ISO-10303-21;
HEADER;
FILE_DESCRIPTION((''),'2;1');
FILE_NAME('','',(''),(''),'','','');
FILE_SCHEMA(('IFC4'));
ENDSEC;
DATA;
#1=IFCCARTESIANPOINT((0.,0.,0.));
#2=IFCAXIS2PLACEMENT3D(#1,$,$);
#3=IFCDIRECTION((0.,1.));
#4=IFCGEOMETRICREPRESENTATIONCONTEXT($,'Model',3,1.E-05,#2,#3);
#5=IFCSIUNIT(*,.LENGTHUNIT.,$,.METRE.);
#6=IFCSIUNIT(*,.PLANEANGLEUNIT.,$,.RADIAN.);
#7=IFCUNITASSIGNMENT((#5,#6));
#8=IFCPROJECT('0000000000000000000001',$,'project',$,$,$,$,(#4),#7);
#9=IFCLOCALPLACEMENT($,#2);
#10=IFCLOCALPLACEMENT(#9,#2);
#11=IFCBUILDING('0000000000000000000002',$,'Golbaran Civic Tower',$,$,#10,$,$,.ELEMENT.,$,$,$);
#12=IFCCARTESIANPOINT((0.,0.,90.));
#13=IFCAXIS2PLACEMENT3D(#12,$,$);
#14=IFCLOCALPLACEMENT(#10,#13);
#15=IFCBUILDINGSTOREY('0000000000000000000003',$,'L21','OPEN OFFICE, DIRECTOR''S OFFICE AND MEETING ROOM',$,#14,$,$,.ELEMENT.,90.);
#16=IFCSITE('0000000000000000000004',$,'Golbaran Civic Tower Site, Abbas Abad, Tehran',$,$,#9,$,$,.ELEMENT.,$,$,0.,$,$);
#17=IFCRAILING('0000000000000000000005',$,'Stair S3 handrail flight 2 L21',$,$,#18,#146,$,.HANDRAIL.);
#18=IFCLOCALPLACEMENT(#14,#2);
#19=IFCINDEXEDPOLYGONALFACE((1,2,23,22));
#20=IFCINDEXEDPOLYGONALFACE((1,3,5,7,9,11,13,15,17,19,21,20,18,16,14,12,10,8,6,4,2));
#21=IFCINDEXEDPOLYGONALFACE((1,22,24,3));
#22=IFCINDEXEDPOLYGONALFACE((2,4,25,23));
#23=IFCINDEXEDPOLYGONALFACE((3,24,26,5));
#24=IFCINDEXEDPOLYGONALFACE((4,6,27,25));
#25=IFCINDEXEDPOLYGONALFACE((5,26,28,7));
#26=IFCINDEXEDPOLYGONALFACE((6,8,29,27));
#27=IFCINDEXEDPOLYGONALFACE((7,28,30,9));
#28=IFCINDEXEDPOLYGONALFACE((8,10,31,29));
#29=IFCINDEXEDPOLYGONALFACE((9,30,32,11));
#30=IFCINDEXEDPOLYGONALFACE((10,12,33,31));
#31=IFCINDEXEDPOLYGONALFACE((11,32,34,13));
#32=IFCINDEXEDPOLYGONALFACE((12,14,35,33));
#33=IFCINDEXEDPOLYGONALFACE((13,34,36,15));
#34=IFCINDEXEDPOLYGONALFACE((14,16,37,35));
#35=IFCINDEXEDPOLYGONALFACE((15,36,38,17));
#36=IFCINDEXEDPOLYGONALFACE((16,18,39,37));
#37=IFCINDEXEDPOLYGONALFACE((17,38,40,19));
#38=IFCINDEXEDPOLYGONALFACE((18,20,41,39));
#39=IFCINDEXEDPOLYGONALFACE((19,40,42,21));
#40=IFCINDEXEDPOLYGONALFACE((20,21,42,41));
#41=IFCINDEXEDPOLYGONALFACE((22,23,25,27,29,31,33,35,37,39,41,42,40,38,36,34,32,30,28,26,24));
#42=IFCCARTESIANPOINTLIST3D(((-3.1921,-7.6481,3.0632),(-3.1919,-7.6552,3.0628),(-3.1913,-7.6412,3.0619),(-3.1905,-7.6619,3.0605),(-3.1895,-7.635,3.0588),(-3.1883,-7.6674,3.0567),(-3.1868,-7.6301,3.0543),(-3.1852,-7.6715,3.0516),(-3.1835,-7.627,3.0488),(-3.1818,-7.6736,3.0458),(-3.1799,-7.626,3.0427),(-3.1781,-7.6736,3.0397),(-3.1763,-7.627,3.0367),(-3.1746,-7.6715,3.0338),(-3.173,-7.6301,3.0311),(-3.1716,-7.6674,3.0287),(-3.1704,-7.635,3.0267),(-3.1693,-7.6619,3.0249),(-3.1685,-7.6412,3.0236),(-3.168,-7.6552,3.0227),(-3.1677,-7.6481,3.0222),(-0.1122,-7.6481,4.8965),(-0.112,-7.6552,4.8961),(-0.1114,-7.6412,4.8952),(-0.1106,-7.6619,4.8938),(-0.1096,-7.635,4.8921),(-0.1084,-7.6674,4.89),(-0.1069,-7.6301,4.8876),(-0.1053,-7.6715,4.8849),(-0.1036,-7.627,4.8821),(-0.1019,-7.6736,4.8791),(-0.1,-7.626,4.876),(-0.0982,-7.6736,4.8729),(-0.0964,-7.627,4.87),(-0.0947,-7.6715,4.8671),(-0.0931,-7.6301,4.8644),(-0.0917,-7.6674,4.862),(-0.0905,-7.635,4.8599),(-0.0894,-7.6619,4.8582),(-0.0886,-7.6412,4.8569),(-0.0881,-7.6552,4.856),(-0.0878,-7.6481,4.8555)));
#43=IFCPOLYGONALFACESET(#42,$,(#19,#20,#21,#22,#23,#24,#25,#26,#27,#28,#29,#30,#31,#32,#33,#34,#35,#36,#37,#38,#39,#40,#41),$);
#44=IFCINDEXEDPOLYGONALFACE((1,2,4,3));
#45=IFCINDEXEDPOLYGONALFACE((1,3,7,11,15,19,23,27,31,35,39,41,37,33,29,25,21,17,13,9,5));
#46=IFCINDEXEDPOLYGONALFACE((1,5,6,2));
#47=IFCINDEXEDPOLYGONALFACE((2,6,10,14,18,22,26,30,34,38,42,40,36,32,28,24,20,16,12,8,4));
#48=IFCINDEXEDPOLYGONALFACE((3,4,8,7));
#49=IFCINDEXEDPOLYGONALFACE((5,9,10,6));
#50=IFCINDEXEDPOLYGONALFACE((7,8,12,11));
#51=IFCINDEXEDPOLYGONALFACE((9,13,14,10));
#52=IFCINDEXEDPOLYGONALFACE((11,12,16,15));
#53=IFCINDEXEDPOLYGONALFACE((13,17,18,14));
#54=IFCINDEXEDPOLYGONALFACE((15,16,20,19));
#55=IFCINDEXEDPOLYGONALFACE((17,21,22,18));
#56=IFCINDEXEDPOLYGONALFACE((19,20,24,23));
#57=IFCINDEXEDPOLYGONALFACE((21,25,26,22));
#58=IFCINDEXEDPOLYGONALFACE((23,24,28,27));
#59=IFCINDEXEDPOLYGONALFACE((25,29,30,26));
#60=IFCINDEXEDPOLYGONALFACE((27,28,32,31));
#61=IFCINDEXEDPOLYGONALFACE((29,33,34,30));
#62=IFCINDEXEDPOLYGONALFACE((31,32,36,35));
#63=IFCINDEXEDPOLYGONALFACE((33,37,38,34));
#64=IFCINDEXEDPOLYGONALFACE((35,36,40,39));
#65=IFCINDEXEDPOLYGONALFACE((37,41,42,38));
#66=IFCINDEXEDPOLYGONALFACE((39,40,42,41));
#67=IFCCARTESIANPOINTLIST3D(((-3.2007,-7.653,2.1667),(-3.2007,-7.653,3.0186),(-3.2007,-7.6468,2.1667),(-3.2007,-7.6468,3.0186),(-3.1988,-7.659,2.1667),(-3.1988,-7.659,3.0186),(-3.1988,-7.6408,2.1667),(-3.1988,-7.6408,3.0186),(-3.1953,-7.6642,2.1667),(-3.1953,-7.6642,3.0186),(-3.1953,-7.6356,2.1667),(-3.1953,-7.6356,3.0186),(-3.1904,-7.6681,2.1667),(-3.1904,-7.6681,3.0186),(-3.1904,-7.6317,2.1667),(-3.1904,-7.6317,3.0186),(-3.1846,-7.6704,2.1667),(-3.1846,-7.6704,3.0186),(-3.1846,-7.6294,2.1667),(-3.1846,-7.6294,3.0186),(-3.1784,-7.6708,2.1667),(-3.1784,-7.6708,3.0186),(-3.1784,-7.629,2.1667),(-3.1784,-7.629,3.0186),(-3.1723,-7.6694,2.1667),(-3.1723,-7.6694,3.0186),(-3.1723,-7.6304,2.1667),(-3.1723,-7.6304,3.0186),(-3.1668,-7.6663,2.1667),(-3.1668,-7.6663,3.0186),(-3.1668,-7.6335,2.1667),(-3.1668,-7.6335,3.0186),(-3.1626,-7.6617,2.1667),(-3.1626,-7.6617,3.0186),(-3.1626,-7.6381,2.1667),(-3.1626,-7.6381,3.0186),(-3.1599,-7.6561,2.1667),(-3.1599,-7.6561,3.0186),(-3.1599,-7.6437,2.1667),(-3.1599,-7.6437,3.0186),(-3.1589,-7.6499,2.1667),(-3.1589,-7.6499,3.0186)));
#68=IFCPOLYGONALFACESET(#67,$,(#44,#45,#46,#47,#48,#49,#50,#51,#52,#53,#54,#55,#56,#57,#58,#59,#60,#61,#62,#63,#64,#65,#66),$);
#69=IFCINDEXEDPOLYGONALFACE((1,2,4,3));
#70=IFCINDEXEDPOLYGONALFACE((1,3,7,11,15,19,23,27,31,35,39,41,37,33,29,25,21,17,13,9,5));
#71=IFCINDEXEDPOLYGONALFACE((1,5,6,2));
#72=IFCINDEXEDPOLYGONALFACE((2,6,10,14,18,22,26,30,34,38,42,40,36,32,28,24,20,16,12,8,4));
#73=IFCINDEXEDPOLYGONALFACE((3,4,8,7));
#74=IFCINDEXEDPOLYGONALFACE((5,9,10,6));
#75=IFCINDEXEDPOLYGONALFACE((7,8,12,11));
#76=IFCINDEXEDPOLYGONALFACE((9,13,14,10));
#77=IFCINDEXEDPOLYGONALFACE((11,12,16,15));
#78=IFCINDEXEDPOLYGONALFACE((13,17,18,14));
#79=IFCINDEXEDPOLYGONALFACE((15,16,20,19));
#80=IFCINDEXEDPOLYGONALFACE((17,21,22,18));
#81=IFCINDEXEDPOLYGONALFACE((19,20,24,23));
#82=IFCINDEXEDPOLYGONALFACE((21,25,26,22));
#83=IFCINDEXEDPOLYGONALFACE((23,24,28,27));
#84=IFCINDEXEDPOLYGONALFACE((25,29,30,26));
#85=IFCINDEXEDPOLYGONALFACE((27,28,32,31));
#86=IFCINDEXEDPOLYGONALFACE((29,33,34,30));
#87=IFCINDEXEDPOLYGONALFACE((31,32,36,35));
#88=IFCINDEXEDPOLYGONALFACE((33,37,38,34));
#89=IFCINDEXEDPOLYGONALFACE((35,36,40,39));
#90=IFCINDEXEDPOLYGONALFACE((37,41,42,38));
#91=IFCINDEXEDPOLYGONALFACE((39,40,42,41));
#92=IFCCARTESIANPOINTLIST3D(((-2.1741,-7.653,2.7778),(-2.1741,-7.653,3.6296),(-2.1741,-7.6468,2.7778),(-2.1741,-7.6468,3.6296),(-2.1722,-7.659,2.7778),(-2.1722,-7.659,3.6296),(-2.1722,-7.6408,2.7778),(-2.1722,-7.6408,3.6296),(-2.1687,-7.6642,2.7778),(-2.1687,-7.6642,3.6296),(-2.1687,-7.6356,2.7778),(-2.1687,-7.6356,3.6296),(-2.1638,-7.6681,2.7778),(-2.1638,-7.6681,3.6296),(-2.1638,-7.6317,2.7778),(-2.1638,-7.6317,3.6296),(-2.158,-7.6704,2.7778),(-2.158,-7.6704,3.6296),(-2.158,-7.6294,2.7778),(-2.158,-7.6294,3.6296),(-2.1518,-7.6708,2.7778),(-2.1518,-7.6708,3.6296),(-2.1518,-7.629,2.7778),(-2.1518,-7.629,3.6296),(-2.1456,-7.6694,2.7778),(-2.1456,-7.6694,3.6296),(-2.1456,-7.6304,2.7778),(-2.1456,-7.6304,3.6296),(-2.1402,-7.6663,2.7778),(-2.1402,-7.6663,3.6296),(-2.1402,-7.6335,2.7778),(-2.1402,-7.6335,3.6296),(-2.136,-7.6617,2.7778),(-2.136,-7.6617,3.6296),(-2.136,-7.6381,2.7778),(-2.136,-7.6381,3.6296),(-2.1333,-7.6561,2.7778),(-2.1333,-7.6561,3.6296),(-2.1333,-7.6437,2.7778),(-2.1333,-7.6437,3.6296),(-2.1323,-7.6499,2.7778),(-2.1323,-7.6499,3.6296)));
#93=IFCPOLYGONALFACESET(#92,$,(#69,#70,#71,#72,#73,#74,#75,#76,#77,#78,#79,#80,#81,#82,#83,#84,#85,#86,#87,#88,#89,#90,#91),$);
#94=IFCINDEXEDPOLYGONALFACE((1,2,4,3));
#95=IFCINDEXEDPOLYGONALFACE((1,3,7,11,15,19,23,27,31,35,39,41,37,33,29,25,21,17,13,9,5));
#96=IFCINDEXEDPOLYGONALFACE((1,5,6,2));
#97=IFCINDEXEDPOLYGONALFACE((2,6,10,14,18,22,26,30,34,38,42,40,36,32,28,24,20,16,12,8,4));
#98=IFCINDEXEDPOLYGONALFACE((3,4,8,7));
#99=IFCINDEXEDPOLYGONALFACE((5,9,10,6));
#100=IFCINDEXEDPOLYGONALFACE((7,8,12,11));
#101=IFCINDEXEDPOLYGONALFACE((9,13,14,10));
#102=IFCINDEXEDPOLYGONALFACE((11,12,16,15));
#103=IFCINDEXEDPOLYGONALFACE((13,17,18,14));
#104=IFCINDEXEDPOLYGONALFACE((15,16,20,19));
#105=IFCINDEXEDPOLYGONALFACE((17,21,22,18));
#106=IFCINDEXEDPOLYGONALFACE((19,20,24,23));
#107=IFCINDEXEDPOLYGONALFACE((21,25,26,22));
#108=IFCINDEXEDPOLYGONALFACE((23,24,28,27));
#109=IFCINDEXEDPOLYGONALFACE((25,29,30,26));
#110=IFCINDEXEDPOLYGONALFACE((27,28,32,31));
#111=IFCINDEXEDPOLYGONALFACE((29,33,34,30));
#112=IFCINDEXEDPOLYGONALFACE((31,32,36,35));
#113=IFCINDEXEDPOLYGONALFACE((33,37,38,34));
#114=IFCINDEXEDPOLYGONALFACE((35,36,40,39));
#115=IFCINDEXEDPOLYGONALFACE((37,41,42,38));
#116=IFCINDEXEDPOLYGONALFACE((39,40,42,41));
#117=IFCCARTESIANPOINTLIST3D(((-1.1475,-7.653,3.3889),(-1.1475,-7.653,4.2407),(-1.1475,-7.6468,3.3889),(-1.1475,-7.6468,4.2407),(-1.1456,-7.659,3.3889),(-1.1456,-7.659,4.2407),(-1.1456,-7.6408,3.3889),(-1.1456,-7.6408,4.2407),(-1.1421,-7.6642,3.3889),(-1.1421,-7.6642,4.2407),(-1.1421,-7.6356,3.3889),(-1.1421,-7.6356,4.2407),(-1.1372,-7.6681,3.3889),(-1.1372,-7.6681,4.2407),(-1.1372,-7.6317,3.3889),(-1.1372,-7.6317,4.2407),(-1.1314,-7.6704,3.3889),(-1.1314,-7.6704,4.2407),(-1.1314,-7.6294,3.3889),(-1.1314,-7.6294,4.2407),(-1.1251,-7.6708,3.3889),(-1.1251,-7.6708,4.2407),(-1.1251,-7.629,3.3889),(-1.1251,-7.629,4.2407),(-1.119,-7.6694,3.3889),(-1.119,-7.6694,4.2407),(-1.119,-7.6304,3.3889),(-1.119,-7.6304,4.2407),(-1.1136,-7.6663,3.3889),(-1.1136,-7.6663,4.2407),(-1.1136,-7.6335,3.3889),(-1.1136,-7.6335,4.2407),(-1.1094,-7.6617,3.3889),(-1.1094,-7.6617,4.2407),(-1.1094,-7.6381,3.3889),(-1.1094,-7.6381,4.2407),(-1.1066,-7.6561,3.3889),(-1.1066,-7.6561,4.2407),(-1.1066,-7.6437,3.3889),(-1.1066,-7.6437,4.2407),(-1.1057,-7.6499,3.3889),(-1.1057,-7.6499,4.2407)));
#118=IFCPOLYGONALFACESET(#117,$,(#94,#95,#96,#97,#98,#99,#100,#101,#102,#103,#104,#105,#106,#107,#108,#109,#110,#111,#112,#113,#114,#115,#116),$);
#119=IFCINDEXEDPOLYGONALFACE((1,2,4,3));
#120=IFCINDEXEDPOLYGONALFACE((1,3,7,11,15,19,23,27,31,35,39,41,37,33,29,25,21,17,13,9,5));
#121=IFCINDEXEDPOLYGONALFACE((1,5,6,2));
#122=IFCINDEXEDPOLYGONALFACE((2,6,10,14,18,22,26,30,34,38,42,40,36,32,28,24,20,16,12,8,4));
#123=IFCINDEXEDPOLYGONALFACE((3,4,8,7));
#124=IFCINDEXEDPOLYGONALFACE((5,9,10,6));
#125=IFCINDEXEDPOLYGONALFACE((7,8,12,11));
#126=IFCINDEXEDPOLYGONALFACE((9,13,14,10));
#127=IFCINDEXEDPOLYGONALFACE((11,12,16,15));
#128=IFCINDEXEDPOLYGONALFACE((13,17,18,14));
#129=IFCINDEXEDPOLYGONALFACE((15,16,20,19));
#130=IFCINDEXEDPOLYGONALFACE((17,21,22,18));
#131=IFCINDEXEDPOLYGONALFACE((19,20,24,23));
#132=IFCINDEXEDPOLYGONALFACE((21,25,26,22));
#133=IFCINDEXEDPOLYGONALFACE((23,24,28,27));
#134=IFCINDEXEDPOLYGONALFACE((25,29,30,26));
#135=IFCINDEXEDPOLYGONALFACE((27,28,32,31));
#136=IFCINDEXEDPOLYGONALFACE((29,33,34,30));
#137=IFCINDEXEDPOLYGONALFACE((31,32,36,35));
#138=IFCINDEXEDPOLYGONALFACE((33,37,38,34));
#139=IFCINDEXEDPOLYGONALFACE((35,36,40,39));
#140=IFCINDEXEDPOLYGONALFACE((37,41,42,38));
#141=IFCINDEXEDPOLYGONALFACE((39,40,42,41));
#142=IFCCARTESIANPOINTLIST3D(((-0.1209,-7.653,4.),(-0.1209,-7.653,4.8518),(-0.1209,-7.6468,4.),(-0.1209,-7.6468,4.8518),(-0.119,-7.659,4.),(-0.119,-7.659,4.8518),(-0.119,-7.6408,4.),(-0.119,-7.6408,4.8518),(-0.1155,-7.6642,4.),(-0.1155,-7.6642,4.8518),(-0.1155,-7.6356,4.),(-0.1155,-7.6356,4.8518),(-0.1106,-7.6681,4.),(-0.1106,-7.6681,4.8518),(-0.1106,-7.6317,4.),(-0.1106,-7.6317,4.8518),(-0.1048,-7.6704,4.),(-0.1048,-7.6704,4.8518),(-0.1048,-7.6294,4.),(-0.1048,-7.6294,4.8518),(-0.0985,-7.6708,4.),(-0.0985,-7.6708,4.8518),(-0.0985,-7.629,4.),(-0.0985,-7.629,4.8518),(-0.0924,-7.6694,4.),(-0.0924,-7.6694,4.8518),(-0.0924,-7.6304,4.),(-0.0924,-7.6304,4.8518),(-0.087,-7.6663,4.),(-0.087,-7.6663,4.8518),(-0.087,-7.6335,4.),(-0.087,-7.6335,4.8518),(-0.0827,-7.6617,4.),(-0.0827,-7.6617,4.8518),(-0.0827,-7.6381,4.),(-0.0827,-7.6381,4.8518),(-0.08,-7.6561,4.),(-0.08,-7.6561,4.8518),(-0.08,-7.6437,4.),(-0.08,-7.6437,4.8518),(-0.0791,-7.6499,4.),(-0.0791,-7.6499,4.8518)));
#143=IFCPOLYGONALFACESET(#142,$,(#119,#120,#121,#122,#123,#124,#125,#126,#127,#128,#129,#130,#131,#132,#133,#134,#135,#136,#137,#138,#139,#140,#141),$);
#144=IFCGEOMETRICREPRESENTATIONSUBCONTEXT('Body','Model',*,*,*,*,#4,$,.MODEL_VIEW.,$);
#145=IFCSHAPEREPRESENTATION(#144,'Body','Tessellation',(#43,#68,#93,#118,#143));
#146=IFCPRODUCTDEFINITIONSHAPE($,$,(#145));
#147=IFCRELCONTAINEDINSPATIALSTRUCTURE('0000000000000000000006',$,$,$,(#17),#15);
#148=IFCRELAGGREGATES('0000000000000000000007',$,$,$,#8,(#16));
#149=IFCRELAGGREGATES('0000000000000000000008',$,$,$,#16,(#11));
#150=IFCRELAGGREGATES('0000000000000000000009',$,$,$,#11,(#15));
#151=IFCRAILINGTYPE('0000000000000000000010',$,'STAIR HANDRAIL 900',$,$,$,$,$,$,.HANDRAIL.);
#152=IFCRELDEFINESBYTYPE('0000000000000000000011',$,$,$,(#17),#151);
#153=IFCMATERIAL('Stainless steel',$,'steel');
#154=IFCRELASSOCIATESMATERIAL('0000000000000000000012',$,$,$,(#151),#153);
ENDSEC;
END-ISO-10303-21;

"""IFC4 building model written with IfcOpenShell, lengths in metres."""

from ifc_helpers import new_model, si_unit, direction, frame, origin, origin_2d, place, context, subcontext, project, spatial, circle, extrude, material, type_object, element, save


model = new_model("IFC4")

# Units and contexts
model_context = context("Model", 3, precision=1e-05, world=origin(), true_north=direction((0.0, 1.0)))
body_context = subcontext(model_context, "Body", "Model", "MODEL_VIEW")
ifc_project = project(units=[si_unit("LENGTHUNIT", "METRE"), si_unit("PLANEANGLEUNIT", "RADIAN")], contexts=[model_context])

# Site, building, storey
site_placement = place(None, origin())
site = spatial("IfcSite", under=ifc_project, at=site_placement, Name="Golbaran Civic Tower Site, Abbas Abad, Tehran", CompositionType="ELEMENT", RefElevation=0.0)
building_placement = place(site_placement, origin())
building = spatial("IfcBuilding", under=site, at=building_placement, Name="Golbaran Civic Tower", CompositionType="ELEMENT")
storey_placement = place(building_placement, frame((0.0, 0.0, 90.0)))
storey = spatial("IfcBuildingStorey", under=building, at=storey_placement, Name="L21", Description="OPEN OFFICE, DIRECTOR'S OFFICE AND MEETING ROOM", CompositionType="ELEMENT", Elevation=90.0)

# Railing
ifc_material_1 = material(Name="Stainless steel", Category="steel")
railing_type = type_object("IfcRailingType", Name="STAIR HANDRAIL 900", PredefinedType="HANDRAIL", material=ifc_material_1)
railing_1_placement = place(storey_placement, frame((-3.1799, -7.6499, 2.1667)))
element("IfcRailing", 1, at=railing_1_placement, inside=storey, type_object=railing_type, Name="Stair S3 handrail flight 2 L21", PredefinedType="HANDRAIL", context=body_context, shape_type="SweptSolid", body=[
    extrude(circle(Radius=0.0239, at=origin_2d()), frame((0.0, 0.0, 0.876), z_axis=(0.859291, 0.0, 0.511487), x_axis=(0.0, 1.0, 0.0)), (0.0, 0.0, 1.0), 3.5842),
    extrude(circle(Radius=0.021, at=origin_2d()), origin(), (0.0, 0.0, 1.0), 0.8518),
    extrude(circle(Radius=0.021, at=origin_2d()), frame((1.0266, 0.0, 0.6111)), (0.0, 0.0, 1.0), 0.8518),
    extrude(circle(Radius=0.021, at=origin_2d()), frame((2.0532, 0.0, 1.2222)), (0.0, 0.0, 1.0), 0.8518),
    extrude(circle(Radius=0.021, at=origin_2d()), frame((3.0798, 0.0, 1.8333)), (0.0, 0.0, 1.0), 0.8518),
])

save(model, "model.ifc")
